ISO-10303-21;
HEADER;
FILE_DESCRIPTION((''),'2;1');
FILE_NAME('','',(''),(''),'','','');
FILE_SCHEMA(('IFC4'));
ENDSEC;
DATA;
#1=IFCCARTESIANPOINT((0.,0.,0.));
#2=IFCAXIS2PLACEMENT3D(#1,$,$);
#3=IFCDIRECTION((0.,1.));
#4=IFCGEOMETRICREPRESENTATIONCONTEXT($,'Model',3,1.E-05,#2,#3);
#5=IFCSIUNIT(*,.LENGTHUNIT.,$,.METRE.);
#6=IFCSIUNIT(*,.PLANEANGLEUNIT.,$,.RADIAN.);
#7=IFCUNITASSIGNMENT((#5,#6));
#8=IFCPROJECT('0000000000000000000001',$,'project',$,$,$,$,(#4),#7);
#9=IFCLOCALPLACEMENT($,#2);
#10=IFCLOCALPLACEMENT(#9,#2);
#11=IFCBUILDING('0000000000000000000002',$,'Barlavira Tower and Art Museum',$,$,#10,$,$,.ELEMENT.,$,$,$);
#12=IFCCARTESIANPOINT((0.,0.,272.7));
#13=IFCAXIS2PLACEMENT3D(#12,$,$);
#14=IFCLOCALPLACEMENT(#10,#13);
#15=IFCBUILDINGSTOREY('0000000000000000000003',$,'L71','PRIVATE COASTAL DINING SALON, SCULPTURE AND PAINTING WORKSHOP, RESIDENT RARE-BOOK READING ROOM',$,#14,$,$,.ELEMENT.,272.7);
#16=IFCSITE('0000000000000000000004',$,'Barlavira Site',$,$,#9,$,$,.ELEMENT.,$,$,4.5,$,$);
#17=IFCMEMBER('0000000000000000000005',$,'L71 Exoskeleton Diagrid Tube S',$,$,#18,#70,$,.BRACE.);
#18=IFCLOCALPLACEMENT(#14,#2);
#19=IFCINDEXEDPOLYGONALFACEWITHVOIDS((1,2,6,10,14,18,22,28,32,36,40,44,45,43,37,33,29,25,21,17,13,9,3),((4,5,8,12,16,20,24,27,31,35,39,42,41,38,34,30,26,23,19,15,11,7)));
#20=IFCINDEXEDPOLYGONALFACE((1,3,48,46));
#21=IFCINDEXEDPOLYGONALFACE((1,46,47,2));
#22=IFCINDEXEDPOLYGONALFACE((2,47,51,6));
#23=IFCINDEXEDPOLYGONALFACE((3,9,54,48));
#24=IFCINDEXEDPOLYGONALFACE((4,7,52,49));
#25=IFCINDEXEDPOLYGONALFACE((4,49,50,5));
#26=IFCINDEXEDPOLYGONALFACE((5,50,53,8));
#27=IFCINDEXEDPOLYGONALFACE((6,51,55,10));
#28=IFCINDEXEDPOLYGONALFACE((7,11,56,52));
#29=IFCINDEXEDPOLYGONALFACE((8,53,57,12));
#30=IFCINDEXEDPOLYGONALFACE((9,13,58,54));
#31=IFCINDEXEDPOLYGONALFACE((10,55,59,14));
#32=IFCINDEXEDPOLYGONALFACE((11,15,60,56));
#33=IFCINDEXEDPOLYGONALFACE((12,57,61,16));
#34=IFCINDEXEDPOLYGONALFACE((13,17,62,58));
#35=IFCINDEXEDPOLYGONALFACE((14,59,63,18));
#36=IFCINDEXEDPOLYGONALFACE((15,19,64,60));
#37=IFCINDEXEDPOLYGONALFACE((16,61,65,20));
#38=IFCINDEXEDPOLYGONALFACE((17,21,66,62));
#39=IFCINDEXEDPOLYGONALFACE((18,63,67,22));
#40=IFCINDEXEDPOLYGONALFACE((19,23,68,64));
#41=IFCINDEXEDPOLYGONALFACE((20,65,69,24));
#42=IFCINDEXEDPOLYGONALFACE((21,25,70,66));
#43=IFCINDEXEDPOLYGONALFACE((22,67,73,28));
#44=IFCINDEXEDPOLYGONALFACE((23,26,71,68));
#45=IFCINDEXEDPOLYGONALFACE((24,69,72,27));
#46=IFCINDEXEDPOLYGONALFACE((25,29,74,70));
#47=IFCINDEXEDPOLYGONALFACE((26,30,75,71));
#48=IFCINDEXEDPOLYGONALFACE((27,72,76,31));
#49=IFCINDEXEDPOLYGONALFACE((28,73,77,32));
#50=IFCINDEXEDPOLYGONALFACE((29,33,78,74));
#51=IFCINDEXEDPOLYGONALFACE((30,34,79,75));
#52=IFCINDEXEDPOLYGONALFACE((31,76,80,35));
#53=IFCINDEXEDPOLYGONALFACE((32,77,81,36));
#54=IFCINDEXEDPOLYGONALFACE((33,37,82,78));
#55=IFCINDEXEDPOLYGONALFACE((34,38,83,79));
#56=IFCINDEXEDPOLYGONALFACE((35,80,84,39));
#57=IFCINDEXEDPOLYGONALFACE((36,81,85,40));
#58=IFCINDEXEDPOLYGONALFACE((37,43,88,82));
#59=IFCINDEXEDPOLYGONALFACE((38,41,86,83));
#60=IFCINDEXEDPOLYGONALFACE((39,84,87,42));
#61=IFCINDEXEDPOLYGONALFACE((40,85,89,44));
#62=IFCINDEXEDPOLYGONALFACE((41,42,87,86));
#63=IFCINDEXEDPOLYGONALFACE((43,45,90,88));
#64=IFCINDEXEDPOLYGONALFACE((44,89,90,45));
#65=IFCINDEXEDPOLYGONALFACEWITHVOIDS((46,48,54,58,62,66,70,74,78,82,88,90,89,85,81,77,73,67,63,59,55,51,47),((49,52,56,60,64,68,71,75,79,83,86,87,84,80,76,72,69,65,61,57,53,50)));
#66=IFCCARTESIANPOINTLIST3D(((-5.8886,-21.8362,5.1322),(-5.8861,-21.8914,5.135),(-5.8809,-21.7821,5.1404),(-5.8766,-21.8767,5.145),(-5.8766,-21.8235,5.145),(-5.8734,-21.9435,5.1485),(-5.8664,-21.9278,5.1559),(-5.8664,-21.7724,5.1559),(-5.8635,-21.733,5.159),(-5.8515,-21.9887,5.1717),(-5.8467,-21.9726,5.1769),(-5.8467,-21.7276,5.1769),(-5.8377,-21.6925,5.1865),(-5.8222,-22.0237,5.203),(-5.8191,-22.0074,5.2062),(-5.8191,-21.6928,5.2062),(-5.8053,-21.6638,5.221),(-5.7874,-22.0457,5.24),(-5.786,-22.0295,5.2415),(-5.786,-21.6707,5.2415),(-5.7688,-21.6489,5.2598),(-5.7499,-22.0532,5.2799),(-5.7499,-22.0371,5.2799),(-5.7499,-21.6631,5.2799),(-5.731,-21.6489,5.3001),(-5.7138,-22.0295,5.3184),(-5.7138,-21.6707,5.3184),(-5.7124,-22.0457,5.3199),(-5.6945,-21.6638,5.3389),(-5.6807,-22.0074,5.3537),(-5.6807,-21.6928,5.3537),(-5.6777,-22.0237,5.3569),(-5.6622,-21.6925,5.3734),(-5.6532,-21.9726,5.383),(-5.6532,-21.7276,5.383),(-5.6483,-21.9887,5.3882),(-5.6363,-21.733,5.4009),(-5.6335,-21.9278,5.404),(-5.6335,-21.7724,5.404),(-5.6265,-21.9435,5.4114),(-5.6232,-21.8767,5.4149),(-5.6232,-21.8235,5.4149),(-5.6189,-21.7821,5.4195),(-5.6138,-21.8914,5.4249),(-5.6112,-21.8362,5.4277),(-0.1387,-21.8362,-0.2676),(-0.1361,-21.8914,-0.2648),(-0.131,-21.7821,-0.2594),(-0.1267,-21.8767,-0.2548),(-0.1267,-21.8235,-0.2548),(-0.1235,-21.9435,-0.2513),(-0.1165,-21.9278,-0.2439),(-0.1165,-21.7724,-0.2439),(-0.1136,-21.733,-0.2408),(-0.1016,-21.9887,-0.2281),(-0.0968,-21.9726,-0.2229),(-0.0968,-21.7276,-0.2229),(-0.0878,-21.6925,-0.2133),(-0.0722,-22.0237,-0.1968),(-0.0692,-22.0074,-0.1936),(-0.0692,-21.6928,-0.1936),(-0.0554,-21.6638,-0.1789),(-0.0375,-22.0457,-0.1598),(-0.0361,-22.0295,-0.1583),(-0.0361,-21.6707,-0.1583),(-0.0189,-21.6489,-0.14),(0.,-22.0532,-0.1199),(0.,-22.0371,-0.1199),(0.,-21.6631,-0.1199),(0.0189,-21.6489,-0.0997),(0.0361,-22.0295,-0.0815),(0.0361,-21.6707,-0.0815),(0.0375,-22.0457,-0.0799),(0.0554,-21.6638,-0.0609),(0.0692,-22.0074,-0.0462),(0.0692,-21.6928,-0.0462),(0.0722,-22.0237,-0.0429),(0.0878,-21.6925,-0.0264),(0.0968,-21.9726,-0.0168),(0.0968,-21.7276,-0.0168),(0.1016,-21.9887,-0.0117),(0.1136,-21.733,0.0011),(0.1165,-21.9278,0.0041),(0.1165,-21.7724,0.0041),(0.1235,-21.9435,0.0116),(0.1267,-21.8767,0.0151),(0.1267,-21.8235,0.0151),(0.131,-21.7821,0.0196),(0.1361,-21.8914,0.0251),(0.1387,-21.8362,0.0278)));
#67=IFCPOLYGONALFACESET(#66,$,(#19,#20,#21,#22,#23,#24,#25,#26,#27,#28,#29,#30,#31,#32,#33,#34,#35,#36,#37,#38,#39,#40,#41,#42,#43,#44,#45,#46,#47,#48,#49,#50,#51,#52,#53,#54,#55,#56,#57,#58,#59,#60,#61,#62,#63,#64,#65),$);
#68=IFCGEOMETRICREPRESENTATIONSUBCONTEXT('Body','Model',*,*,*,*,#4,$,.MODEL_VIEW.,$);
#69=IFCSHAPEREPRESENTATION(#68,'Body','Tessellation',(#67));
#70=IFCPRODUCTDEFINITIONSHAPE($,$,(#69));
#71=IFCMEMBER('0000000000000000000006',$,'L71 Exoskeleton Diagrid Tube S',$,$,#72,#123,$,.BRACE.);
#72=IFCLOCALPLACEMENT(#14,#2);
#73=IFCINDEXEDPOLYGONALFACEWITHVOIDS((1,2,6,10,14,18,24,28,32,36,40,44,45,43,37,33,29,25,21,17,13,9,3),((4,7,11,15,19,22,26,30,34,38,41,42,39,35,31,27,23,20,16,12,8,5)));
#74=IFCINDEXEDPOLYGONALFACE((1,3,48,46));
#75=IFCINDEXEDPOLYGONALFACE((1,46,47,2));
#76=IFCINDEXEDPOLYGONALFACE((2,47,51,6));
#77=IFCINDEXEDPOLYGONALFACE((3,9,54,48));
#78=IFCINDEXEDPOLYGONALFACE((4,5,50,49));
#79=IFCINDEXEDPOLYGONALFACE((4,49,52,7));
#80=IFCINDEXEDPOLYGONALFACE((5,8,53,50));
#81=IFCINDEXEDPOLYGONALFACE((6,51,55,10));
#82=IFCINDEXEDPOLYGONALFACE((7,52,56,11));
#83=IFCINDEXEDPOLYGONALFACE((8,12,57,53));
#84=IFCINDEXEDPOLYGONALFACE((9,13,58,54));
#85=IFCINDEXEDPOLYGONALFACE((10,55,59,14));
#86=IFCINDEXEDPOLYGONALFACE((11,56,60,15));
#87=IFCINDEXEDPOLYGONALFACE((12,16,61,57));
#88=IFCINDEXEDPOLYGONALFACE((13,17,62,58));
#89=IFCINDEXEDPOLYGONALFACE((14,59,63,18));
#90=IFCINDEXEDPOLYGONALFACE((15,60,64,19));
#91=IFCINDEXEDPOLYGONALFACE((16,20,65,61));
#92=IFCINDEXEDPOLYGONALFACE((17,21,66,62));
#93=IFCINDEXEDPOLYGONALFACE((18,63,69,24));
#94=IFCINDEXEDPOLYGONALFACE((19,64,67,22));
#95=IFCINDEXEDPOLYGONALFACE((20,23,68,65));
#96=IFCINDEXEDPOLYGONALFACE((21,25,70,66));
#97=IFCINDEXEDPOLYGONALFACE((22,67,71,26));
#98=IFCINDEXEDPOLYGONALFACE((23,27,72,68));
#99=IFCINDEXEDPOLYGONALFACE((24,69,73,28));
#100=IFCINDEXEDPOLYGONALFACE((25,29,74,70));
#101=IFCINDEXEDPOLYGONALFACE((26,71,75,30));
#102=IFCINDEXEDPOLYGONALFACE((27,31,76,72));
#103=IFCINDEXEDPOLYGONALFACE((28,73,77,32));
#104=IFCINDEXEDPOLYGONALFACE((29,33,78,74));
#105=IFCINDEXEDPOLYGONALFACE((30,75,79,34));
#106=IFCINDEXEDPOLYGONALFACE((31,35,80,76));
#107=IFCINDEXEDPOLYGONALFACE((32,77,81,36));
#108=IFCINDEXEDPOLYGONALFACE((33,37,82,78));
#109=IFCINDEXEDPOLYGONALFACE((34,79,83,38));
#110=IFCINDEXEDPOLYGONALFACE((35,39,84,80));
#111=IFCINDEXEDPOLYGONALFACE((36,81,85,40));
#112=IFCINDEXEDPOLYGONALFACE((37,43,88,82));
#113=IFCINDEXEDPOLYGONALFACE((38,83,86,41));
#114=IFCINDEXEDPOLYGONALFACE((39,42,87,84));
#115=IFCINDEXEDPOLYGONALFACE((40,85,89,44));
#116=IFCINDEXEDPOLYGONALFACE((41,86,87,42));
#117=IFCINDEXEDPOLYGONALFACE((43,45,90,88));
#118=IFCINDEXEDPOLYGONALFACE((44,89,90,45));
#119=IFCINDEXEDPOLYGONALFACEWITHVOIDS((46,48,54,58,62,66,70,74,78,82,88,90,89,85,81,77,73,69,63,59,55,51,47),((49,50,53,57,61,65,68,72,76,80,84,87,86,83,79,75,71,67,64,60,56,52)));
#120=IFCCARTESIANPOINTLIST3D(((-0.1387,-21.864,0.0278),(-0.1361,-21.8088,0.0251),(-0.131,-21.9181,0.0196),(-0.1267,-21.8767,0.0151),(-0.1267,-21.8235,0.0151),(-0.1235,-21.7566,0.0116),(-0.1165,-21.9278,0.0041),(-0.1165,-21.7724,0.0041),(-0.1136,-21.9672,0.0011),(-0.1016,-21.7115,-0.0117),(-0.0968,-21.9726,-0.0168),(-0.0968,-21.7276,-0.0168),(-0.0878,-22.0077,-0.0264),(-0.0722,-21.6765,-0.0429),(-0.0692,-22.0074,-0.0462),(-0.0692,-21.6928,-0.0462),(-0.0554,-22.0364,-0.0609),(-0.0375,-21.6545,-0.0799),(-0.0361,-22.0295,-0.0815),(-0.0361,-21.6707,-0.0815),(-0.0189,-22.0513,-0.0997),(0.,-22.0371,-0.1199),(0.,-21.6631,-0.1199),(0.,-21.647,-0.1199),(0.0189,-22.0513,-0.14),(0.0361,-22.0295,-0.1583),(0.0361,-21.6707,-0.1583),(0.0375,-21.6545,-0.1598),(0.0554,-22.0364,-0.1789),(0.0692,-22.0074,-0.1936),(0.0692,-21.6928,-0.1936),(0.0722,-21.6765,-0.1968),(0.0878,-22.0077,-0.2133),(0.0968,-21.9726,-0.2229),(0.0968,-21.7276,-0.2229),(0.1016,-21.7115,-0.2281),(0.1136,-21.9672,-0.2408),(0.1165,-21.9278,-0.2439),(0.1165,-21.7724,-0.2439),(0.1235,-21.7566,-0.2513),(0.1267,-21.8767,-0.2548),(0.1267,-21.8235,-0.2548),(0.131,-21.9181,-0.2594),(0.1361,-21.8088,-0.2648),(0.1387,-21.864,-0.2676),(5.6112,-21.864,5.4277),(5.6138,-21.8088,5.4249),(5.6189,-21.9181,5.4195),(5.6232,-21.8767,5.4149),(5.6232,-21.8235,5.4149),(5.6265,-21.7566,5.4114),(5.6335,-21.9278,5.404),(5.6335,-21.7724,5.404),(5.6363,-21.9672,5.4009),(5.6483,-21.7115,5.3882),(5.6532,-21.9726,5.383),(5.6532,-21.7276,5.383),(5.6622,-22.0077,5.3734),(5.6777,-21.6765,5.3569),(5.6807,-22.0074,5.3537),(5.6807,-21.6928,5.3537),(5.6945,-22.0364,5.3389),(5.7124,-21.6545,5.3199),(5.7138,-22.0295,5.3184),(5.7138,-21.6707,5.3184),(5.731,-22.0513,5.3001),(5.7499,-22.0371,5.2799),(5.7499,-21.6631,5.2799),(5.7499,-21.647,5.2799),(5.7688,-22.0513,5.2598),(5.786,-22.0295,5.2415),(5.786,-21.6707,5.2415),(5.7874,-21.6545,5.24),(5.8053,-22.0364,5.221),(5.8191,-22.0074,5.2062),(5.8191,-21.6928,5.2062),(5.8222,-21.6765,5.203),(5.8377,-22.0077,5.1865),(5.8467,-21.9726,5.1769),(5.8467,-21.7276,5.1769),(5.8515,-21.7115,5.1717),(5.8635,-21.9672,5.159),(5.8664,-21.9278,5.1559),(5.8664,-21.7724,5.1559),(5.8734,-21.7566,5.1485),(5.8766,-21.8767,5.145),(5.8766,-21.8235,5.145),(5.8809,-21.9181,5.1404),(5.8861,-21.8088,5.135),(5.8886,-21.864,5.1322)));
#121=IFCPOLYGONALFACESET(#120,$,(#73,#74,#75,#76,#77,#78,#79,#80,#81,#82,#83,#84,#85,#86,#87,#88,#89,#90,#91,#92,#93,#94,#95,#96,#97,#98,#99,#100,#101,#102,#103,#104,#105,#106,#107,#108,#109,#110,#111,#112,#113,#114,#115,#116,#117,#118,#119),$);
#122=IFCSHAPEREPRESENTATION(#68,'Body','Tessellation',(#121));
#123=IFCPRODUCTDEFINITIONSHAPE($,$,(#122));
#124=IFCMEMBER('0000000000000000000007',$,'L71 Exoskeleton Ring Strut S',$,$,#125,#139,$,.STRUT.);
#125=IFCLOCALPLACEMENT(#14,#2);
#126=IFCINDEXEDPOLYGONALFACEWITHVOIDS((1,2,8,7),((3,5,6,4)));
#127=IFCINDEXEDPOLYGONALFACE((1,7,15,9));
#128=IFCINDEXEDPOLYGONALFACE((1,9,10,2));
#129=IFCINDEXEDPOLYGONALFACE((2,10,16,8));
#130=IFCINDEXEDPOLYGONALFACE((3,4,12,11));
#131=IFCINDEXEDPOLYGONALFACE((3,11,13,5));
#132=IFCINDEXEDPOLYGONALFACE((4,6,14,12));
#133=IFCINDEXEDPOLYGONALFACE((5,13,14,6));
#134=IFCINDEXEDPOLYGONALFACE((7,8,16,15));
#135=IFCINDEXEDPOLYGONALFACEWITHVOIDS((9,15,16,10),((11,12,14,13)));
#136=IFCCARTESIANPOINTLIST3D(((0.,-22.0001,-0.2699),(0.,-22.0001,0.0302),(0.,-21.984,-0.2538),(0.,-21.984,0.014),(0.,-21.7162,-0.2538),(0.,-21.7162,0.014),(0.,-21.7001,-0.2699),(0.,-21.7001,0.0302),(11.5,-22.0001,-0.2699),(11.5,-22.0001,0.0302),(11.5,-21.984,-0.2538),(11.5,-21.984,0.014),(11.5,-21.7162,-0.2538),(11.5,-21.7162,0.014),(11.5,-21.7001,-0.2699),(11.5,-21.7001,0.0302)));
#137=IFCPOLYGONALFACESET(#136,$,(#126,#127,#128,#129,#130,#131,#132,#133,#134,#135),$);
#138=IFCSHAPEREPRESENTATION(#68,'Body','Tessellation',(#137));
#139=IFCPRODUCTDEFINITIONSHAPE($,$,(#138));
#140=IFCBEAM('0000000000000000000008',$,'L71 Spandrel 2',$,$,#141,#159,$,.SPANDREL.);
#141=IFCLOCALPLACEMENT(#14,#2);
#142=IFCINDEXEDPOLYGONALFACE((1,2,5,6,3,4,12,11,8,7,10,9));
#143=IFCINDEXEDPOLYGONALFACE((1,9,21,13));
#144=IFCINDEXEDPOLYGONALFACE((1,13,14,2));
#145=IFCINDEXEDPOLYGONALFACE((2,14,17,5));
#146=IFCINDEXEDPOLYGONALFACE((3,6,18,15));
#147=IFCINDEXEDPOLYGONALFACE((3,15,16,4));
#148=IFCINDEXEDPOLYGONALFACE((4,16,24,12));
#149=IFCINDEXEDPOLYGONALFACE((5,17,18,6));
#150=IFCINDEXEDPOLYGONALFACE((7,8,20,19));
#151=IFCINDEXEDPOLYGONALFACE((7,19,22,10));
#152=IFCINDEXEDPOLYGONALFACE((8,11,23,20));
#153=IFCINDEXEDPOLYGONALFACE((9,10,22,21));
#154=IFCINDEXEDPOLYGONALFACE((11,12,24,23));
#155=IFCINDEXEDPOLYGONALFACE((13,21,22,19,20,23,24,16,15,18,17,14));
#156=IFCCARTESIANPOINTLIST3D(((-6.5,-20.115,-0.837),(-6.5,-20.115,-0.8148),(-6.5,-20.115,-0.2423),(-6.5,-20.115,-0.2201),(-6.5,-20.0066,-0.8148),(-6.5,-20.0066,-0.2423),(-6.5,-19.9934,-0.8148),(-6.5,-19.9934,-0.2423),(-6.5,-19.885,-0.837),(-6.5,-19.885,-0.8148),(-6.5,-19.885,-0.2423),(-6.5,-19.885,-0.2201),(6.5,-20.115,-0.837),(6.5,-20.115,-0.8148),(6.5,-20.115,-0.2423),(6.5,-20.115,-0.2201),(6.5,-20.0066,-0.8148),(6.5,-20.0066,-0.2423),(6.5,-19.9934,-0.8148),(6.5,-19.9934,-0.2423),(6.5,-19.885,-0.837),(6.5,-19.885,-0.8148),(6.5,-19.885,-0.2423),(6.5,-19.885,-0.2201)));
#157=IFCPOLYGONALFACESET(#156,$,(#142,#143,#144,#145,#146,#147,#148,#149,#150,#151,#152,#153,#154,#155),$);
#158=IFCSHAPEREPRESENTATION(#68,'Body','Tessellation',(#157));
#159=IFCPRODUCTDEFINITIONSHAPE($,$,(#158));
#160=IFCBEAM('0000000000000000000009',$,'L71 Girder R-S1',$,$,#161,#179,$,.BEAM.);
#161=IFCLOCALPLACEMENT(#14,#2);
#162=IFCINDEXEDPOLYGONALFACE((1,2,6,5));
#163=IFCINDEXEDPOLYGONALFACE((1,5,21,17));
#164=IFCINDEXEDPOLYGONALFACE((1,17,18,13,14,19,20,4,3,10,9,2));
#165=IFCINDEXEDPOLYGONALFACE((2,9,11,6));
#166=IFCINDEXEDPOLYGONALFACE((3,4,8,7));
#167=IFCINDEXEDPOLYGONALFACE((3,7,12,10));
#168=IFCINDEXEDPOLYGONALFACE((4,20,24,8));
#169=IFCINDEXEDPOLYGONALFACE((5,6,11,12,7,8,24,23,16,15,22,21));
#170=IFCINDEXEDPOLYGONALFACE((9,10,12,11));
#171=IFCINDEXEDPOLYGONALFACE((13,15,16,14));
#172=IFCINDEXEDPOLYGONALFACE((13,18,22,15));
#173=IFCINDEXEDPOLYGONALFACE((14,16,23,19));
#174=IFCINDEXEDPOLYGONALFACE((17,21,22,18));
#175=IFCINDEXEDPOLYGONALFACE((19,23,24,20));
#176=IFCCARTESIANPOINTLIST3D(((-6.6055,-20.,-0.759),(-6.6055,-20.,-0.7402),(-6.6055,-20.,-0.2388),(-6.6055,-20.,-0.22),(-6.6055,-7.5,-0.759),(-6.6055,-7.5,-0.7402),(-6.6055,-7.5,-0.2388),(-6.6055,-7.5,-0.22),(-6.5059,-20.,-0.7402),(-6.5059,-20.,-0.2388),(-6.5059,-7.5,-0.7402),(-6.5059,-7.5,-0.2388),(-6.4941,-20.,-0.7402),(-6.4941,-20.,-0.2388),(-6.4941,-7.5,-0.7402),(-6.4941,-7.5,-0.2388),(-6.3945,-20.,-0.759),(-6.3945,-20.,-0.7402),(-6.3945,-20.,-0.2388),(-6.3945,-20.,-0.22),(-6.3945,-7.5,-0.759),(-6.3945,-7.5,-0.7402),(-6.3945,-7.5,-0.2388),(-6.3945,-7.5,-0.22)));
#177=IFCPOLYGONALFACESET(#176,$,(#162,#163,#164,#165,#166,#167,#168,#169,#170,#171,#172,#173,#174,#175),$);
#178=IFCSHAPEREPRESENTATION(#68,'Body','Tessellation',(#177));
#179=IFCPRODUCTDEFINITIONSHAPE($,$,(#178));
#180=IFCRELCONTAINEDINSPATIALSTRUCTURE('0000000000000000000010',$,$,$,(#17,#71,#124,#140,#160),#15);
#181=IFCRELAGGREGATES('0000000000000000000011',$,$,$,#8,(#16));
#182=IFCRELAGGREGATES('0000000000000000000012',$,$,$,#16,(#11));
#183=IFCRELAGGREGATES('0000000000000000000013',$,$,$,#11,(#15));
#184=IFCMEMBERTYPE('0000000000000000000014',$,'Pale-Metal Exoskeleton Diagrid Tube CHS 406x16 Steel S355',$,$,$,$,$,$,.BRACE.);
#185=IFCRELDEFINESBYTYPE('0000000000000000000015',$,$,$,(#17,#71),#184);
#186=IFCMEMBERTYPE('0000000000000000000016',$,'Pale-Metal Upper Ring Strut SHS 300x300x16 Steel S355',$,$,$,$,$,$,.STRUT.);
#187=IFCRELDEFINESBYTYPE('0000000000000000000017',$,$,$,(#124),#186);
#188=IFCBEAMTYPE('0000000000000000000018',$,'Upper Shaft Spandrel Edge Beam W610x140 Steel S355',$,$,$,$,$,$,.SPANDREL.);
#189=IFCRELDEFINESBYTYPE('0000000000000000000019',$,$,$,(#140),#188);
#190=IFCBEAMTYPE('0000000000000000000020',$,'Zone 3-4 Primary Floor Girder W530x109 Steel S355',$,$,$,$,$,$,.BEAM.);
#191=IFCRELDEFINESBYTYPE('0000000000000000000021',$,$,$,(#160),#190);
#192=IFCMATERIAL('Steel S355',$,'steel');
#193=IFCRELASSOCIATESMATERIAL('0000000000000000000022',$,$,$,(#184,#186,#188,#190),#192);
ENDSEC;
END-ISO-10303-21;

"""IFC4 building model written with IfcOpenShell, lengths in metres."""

from ifc_helpers import new_model, si_unit, direction, frame, origin, origin_2d, place, context, subcontext, project, spatial, hollow_rectangle, hollow_circle, i_section, extrude, material, material_profile, profile_set, type_object, element, save


model = new_model("IFC4")

# Units and contexts
model_context = context("Model", 3, precision=1e-05, world=origin(), true_north=direction((0.0, 1.0)))
body_context = subcontext(model_context, "Body", "Model", "MODEL_VIEW")
ifc_project = project(units=[si_unit("LENGTHUNIT", "METRE"), si_unit("PLANEANGLEUNIT", "RADIAN")], contexts=[model_context])

# Site, building, storey
site_placement = place(None, origin())
site = spatial("IfcSite", under=ifc_project, at=site_placement, Name="Barlavira Site", CompositionType="ELEMENT", RefElevation=4.5)
building_placement = place(site_placement, origin())
building = spatial("IfcBuilding", under=site, at=building_placement, Name="Barlavira Tower and Art Museum", CompositionType="ELEMENT")
storey_placement = place(building_placement, frame((0.0, 0.0, 272.7)))
storey = spatial("IfcBuildingStorey", under=building, at=storey_placement, Name="L71", Description="PRIVATE COASTAL DINING SALON, SCULPTURE AND PAINTING WORKSHOP, RESIDENT RARE-BOOK READING ROOM", CompositionType="ELEMENT", Elevation=272.7)

# Members
ifc_material_1 = material(Name="Steel S355", Category="steel")
ifc_material_profile_1 = material_profile(ifc_material_1, hollow_circle(Radius=0.2031, WallThickness=0.0161, at=origin_2d()), Name="CHS 406.4x16.0")
ifc_profile_set_1 = profile_set([ifc_material_profile_1], Name="Steel S355")
member_type_1 = type_object("IfcMemberType", Name="Pale-Metal Exoskeleton Diagrid Tube CHS 406x16 Steel S355", PredefinedType="BRACE", material=ifc_profile_set_1)
for number, where, z_axis, x_axis, name in (
    (1, (0.0, -21.8501, -0.1199), (-0.72895, 0.0, 0.684567), (0.0, -1.0, 0.0), "L71 Exoskeleton Diagrid Tube S"),
    (2, (0.0, -21.8501, -0.1199), (0.72895, 0.0, 0.684567), (0.0, 1.0, 0.0), "L71 Exoskeleton Diagrid Tube S"),
):
    element("IfcMember", number, at=place(storey_placement, frame(where, z_axis=z_axis, x_axis=x_axis)), inside=storey, type_object=member_type_1, Name=name, PredefinedType="BRACE", context=body_context, shape_type="SweptSolid", body=[
        extrude(hollow_circle(Radius=0.2031, WallThickness=0.0161, at=origin_2d()), origin(), (0.0, 0.0, 1.0), 7.8879),
    ])
ifc_material_profile_2 = material_profile(ifc_material_1, hollow_rectangle(XDim=0.3, YDim=0.3, WallThickness=0.0161, at=origin_2d()), Name="SHS 300x300x16.0")
ifc_profile_set_2 = profile_set([ifc_material_profile_2], Name="Steel S355")
member_type_2 = type_object("IfcMemberType", Name="Pale-Metal Upper Ring Strut SHS 300x300x16 Steel S355", PredefinedType="STRUT", material=ifc_profile_set_2)
member_1_placement = place(storey_placement, frame((0.0, -21.8501, -0.1199), z_axis=(1.0, 0.0, 0.0), x_axis=(0.0, 1.0, 0.0)))
element("IfcMember", 3, at=member_1_placement, inside=storey, type_object=member_type_2, Name="L71 Exoskeleton Ring Strut S", PredefinedType="STRUT", context=body_context, shape_type="SweptSolid", body=[
    extrude(hollow_rectangle(XDim=0.3, YDim=0.3, WallThickness=0.0161, at=origin_2d()), origin(), (0.0, 0.0, 1.0), 11.5),
])

# Beams
ifc_material_profile_3 = material_profile(ifc_material_1, i_section(OverallWidth=0.23, OverallDepth=0.6169, WebThickness=0.0132, FlangeThickness=0.0222, at=origin_2d()), Name="W610x140.0")
ifc_profile_set_3 = profile_set([ifc_material_profile_3], Name="Steel S355")
beam_type_1 = type_object("IfcBeamType", Name="Upper Shaft Spandrel Edge Beam W610x140 Steel S355", PredefinedType="SPANDREL", material=ifc_profile_set_3)
beam_1_placement = place(storey_placement, frame((-6.5, -20.0, -0.5286), z_axis=(1.0, 0.0, 0.0), x_axis=(0.0, 1.0, 0.0)))
element("IfcBeam", 4, at=beam_1_placement, inside=storey, type_object=beam_type_1, Name="L71 Spandrel 2", PredefinedType="SPANDREL", context=body_context, shape_type="SweptSolid", body=[
    extrude(i_section(OverallWidth=0.23, OverallDepth=0.6169, WebThickness=0.0132, FlangeThickness=0.0222, at=origin_2d()), origin(), (0.0, 0.0, 1.0), 13.0),
])
ifc_material_profile_4 = material_profile(ifc_material_1, i_section(OverallWidth=0.2109, OverallDepth=0.5391, WebThickness=0.0117, FlangeThickness=0.0188, at=origin_2d()), Name="W530x109.0")
ifc_profile_set_4 = profile_set([ifc_material_profile_4], Name="Steel S355")
beam_type_2 = type_object("IfcBeamType", Name="Zone 3-4 Primary Floor Girder W530x109 Steel S355", PredefinedType="BEAM", material=ifc_profile_set_4)
beam_2_placement = place(storey_placement, frame((-6.5, -20.0, -0.4895), z_axis=(0.0, 1.0, 0.0), x_axis=(-1.0, 0.0, 0.0)))
element("IfcBeam", 5, at=beam_2_placement, inside=storey, type_object=beam_type_2, Name="L71 Girder R-S1", PredefinedType="BEAM", context=body_context, shape_type="SweptSolid", body=[
    extrude(i_section(OverallWidth=0.2109, OverallDepth=0.5391, WebThickness=0.0117, FlangeThickness=0.0188, at=origin_2d()), origin(), (0.0, 0.0, 1.0), 12.5),
])

save(model, "model.ifc")
